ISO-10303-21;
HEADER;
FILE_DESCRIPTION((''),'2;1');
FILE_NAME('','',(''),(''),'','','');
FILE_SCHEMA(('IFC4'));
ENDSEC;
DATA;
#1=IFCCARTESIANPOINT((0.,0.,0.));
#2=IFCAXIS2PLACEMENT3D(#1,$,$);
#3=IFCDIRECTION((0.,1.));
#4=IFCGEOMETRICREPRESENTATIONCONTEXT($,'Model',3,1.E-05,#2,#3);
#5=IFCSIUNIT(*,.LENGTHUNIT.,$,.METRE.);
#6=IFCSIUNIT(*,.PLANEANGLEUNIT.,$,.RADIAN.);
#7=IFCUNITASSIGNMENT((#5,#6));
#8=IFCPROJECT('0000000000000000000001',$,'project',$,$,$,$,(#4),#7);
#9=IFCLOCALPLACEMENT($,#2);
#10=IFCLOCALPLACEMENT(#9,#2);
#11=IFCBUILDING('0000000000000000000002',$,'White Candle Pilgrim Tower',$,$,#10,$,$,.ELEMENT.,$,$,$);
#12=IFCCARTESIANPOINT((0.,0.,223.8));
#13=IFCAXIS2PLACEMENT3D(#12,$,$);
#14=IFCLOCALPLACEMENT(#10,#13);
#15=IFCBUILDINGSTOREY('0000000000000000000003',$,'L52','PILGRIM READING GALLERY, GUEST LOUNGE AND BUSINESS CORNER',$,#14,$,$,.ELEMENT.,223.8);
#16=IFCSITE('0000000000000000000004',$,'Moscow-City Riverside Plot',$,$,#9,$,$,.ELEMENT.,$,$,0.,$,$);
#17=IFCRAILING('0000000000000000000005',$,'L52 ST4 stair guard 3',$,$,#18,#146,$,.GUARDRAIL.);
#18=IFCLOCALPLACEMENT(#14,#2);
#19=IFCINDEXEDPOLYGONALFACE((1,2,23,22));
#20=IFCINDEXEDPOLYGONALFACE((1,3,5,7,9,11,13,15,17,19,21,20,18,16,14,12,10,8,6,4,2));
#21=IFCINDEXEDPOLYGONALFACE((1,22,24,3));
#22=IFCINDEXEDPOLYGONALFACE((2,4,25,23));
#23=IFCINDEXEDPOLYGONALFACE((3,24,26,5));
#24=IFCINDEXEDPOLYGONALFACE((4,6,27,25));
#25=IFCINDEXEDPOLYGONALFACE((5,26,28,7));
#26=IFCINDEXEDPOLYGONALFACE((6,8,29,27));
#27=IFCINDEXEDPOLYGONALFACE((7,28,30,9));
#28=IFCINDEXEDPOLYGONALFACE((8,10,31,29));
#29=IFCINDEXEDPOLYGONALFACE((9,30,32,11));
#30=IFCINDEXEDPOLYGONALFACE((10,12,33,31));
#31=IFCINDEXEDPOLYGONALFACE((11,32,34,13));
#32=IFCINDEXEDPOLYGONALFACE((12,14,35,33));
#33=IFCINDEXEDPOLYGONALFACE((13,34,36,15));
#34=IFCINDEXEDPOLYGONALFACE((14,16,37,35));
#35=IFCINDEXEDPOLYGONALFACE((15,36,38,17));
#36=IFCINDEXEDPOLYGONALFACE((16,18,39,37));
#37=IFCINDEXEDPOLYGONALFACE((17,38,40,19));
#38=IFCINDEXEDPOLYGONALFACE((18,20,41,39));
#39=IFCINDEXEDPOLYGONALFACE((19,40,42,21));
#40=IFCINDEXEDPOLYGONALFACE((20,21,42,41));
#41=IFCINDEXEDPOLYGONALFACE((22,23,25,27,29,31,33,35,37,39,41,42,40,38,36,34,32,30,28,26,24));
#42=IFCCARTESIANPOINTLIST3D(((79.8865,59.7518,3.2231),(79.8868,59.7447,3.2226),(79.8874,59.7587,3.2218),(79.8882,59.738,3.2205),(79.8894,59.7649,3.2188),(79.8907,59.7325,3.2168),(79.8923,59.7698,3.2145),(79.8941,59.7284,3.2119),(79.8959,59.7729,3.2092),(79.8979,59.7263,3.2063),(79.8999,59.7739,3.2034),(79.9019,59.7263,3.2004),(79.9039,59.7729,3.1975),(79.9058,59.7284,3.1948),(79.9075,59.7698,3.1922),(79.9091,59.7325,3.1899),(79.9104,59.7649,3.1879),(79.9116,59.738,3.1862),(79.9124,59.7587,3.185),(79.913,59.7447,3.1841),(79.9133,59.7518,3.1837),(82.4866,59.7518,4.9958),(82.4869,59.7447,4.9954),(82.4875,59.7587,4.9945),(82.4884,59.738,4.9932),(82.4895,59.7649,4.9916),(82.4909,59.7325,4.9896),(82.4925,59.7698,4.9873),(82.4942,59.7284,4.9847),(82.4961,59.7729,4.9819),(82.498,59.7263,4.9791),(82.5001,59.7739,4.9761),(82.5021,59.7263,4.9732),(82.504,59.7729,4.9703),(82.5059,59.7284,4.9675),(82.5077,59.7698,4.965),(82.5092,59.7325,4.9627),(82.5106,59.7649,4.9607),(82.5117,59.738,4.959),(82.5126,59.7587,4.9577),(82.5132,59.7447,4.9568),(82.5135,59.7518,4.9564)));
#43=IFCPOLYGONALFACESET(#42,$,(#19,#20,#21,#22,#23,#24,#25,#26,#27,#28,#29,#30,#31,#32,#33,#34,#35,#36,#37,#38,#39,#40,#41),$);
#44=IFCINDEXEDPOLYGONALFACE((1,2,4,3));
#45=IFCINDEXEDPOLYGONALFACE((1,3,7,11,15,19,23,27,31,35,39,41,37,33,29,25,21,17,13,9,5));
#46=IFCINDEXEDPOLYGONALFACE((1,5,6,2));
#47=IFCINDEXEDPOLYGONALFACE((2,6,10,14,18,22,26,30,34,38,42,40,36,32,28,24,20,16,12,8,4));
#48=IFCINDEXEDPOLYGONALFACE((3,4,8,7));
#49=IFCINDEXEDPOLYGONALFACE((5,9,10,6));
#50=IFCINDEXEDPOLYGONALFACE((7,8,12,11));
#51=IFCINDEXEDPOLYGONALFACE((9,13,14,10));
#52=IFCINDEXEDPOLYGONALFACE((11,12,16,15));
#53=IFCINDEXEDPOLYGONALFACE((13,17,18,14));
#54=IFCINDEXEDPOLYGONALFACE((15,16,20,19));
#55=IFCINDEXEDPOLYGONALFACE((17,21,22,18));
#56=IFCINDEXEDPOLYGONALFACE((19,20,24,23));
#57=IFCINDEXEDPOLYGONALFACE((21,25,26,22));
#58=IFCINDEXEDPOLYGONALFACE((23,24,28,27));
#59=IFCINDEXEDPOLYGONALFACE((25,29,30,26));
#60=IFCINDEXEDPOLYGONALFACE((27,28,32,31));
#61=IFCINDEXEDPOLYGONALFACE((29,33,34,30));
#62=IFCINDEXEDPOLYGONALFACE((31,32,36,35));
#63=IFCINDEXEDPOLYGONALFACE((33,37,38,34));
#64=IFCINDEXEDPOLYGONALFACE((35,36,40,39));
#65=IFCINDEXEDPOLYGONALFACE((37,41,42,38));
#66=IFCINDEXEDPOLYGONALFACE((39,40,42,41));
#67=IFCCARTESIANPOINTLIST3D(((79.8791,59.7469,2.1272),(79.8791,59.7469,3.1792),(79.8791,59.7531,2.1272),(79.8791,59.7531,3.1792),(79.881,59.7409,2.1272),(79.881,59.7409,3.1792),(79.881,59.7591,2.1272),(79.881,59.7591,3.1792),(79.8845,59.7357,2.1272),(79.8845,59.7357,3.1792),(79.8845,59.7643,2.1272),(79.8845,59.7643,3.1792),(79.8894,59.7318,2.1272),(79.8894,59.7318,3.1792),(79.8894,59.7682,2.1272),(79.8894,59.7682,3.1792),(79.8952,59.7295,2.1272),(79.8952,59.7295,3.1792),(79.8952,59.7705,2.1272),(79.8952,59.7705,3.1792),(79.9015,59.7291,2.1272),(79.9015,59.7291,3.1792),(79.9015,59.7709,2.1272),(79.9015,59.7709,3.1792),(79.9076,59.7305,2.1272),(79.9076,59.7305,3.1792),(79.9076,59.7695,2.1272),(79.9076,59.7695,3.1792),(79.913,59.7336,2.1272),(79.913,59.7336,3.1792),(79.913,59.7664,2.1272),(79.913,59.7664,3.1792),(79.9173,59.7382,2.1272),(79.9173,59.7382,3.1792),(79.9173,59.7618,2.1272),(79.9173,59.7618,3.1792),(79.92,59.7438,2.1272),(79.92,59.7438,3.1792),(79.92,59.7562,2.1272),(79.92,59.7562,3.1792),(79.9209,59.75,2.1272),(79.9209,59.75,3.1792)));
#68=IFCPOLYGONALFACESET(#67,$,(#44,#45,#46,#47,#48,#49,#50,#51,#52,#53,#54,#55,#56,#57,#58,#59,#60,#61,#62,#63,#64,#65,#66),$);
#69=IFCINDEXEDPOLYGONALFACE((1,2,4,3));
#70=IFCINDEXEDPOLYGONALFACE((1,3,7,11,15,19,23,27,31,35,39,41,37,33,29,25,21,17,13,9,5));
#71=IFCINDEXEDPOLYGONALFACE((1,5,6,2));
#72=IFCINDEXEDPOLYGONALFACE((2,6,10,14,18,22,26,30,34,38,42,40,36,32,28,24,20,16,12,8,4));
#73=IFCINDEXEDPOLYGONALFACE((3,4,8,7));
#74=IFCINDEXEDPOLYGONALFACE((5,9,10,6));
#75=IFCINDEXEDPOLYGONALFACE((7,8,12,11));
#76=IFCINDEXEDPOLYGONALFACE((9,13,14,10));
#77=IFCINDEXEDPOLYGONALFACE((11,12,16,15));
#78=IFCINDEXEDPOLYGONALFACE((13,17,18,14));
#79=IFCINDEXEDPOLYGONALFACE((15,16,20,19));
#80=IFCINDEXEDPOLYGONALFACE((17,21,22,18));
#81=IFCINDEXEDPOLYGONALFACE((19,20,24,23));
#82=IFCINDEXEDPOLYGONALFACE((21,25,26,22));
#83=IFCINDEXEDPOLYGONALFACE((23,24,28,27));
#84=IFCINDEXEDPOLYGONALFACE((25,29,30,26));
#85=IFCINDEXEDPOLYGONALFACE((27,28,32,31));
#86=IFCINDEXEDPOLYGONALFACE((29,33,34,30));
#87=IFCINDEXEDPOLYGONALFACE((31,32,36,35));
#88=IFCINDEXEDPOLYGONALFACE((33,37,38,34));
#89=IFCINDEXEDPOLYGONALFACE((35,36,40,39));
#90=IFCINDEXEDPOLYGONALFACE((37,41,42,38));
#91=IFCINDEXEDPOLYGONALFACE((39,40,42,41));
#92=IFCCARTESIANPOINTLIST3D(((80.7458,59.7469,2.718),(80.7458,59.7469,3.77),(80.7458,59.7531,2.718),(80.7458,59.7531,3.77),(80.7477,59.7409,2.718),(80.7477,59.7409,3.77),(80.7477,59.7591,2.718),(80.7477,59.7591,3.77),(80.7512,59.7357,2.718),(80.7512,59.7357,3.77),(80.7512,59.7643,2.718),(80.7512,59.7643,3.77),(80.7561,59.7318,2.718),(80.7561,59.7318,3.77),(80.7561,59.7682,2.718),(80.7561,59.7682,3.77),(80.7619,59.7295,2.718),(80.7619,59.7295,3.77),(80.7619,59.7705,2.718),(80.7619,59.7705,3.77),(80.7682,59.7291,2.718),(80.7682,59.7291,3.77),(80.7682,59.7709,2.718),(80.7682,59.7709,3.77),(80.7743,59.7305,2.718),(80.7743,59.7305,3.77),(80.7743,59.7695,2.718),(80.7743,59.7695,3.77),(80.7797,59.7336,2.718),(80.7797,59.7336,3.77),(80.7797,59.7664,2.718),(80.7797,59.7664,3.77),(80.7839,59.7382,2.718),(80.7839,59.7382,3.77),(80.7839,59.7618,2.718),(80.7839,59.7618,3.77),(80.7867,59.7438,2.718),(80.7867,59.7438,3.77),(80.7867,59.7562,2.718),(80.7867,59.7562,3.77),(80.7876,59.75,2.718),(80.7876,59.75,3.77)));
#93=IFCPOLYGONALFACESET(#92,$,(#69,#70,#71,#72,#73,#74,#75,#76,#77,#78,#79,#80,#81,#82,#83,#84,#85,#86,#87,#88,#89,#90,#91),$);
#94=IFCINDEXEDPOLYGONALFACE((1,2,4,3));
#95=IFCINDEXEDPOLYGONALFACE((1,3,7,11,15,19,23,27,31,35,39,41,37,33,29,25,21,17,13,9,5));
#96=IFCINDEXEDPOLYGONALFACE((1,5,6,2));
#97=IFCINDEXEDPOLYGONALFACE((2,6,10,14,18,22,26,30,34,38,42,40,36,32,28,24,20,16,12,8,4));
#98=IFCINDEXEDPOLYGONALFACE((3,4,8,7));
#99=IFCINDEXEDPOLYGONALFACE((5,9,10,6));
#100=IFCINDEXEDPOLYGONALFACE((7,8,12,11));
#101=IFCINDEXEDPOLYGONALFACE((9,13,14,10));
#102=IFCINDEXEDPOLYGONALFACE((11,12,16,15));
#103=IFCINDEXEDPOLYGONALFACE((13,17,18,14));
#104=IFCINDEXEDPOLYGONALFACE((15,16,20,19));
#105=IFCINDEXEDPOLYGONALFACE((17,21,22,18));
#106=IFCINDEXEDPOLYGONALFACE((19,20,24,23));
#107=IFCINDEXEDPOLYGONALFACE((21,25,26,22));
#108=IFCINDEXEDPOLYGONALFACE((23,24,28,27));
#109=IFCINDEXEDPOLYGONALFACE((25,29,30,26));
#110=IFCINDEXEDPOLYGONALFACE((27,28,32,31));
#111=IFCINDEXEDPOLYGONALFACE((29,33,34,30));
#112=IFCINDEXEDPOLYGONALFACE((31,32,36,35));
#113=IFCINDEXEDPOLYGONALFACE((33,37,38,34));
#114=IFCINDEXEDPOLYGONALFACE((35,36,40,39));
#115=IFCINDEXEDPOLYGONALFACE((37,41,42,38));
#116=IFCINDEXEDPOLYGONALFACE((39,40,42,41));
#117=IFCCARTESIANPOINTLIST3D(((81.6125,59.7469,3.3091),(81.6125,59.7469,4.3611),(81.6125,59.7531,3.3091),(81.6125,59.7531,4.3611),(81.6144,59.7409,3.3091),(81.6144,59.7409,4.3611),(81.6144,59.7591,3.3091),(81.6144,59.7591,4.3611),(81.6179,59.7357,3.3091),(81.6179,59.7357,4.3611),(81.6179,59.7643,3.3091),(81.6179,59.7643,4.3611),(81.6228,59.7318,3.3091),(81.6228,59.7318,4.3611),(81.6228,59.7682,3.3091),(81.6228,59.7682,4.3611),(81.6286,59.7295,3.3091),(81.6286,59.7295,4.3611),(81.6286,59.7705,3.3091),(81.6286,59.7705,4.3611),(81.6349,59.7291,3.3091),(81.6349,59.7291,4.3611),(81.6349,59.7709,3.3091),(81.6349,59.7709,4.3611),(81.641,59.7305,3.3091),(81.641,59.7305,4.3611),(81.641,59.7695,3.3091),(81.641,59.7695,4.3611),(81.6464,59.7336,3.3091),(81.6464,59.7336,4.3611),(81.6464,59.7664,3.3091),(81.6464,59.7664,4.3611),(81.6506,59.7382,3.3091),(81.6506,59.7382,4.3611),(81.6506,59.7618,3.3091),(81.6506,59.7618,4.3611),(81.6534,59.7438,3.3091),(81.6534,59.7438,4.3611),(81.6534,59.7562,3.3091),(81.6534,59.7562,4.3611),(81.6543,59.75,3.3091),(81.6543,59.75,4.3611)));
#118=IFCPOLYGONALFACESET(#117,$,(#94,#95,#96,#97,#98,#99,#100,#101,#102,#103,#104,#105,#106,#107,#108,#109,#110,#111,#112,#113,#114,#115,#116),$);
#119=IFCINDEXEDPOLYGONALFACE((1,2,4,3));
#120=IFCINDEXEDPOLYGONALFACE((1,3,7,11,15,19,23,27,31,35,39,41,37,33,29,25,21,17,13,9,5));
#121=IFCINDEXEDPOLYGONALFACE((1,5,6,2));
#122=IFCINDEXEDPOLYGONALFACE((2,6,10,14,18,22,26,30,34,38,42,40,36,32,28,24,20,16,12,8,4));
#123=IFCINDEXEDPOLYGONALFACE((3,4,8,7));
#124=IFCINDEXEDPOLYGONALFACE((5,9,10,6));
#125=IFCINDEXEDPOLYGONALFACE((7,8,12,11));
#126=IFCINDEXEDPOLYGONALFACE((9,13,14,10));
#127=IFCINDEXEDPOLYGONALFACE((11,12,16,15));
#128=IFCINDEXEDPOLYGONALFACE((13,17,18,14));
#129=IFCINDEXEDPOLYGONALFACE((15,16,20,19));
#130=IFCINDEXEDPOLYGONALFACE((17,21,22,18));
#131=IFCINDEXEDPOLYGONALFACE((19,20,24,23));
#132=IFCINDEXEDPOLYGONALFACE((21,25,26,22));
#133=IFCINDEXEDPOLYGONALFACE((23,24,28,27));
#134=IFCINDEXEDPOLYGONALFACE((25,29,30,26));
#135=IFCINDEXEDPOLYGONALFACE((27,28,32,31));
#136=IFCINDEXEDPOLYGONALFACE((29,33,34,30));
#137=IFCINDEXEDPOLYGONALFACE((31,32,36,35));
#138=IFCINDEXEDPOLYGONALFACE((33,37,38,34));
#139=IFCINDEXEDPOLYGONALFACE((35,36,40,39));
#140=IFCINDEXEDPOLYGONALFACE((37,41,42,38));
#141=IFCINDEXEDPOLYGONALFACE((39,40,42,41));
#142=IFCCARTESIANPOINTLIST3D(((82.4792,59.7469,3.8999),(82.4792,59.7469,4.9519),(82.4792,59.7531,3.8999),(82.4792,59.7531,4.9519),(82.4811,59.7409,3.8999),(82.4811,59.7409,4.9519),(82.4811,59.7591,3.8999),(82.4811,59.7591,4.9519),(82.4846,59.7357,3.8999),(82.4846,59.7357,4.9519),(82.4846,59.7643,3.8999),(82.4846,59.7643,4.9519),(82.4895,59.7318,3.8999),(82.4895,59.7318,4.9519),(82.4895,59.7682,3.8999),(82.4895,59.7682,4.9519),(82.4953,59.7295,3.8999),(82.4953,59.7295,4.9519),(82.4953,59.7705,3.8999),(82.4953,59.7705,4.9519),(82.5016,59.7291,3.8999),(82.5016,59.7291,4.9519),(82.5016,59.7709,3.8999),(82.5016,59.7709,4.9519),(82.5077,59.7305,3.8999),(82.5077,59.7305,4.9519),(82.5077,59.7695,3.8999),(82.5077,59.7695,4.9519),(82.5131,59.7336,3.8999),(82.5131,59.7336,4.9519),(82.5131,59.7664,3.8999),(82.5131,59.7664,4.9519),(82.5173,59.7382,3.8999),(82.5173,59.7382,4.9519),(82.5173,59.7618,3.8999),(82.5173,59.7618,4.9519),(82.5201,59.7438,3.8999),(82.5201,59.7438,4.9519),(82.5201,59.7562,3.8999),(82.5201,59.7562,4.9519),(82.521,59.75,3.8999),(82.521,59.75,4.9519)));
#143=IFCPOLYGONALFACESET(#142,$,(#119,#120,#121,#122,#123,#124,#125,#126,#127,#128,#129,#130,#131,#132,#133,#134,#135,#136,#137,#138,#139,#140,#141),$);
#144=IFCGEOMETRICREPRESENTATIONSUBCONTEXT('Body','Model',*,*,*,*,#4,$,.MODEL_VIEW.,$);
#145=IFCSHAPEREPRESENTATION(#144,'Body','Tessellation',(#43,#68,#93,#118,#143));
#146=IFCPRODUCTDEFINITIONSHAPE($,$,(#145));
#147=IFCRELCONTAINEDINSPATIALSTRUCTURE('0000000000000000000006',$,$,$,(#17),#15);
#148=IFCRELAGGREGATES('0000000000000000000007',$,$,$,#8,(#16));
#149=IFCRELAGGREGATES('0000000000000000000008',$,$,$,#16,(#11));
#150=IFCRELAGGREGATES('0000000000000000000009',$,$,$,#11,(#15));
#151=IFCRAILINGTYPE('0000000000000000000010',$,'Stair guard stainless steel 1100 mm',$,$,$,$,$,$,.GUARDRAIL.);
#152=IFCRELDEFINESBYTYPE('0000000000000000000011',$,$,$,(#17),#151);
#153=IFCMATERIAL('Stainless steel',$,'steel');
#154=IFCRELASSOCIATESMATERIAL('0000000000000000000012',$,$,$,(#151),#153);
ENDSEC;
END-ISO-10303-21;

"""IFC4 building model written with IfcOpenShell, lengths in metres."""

from ifc_helpers import new_model, si_unit, direction, frame, origin, origin_2d, place, context, subcontext, project, spatial, circle, extrude, material, type_object, element, save


model = new_model("IFC4")

# Units and contexts
model_context = context("Model", 3, precision=1e-05, world=origin(), true_north=direction((0.0, 1.0)))
body_context = subcontext(model_context, "Body", "Model", "MODEL_VIEW")
ifc_project = project(units=[si_unit("LENGTHUNIT", "METRE"), si_unit("PLANEANGLEUNIT", "RADIAN")], contexts=[model_context])

# Site, building, storey
site_placement = place(None, origin())
site = spatial("IfcSite", under=ifc_project, at=site_placement, Name="Moscow-City Riverside Plot", CompositionType="ELEMENT", RefElevation=0.0)
building_placement = place(site_placement, origin())
building = spatial("IfcBuilding", under=site, at=building_placement, Name="White Candle Pilgrim Tower", CompositionType="ELEMENT")
storey_placement = place(building_placement, frame((0.0, 0.0, 223.8)))
storey = spatial("IfcBuildingStorey", under=building, at=storey_placement, Name="L52", Description="PILGRIM READING GALLERY, GUEST LOUNGE AND BUSINESS CORNER", CompositionType="ELEMENT", Elevation=223.8)

# Railing
ifc_material_1 = material(Name="Stainless steel", Category="steel")
railing_type_1 = type_object("IfcRailingType", Name="Stair guard stainless steel 1100 mm", PredefinedType="GUARDRAIL", material=ifc_material_1)
railing_1_placement = place(storey_placement, frame((79.8999, 59.75, 2.1272)))
element("IfcRailing", 1, at=railing_1_placement, inside=storey, type_object=railing_type_1, Name="L52 ST4 stair guard 3", PredefinedType="GUARDRAIL", context=body_context, shape_type="SweptSolid", body=[
    extrude(circle(Radius=0.0239, at=origin_2d()), frame((0.0, 0.0, 1.0762), z_axis=(0.82624, 0.0, 0.563318), x_axis=(0.0, 1.0, 0.0)), (0.0, 0.0, 1.0), 3.147),
    extrude(circle(Radius=0.021, at=origin_2d()), origin(), (0.0, 0.0, 1.0), 1.052),
    extrude(circle(Radius=0.021, at=origin_2d()), frame((0.8667, 0.0, 0.5908)), (0.0, 0.0, 1.0), 1.052),
    extrude(circle(Radius=0.021, at=origin_2d()), frame((1.7334, 0.0, 1.1819)), (0.0, 0.0, 1.0), 1.052),
    extrude(circle(Radius=0.021, at=origin_2d()), frame((2.6001, 0.0, 1.7727)), (0.0, 0.0, 1.0), 1.052),
])

save(model, "model.ifc")
